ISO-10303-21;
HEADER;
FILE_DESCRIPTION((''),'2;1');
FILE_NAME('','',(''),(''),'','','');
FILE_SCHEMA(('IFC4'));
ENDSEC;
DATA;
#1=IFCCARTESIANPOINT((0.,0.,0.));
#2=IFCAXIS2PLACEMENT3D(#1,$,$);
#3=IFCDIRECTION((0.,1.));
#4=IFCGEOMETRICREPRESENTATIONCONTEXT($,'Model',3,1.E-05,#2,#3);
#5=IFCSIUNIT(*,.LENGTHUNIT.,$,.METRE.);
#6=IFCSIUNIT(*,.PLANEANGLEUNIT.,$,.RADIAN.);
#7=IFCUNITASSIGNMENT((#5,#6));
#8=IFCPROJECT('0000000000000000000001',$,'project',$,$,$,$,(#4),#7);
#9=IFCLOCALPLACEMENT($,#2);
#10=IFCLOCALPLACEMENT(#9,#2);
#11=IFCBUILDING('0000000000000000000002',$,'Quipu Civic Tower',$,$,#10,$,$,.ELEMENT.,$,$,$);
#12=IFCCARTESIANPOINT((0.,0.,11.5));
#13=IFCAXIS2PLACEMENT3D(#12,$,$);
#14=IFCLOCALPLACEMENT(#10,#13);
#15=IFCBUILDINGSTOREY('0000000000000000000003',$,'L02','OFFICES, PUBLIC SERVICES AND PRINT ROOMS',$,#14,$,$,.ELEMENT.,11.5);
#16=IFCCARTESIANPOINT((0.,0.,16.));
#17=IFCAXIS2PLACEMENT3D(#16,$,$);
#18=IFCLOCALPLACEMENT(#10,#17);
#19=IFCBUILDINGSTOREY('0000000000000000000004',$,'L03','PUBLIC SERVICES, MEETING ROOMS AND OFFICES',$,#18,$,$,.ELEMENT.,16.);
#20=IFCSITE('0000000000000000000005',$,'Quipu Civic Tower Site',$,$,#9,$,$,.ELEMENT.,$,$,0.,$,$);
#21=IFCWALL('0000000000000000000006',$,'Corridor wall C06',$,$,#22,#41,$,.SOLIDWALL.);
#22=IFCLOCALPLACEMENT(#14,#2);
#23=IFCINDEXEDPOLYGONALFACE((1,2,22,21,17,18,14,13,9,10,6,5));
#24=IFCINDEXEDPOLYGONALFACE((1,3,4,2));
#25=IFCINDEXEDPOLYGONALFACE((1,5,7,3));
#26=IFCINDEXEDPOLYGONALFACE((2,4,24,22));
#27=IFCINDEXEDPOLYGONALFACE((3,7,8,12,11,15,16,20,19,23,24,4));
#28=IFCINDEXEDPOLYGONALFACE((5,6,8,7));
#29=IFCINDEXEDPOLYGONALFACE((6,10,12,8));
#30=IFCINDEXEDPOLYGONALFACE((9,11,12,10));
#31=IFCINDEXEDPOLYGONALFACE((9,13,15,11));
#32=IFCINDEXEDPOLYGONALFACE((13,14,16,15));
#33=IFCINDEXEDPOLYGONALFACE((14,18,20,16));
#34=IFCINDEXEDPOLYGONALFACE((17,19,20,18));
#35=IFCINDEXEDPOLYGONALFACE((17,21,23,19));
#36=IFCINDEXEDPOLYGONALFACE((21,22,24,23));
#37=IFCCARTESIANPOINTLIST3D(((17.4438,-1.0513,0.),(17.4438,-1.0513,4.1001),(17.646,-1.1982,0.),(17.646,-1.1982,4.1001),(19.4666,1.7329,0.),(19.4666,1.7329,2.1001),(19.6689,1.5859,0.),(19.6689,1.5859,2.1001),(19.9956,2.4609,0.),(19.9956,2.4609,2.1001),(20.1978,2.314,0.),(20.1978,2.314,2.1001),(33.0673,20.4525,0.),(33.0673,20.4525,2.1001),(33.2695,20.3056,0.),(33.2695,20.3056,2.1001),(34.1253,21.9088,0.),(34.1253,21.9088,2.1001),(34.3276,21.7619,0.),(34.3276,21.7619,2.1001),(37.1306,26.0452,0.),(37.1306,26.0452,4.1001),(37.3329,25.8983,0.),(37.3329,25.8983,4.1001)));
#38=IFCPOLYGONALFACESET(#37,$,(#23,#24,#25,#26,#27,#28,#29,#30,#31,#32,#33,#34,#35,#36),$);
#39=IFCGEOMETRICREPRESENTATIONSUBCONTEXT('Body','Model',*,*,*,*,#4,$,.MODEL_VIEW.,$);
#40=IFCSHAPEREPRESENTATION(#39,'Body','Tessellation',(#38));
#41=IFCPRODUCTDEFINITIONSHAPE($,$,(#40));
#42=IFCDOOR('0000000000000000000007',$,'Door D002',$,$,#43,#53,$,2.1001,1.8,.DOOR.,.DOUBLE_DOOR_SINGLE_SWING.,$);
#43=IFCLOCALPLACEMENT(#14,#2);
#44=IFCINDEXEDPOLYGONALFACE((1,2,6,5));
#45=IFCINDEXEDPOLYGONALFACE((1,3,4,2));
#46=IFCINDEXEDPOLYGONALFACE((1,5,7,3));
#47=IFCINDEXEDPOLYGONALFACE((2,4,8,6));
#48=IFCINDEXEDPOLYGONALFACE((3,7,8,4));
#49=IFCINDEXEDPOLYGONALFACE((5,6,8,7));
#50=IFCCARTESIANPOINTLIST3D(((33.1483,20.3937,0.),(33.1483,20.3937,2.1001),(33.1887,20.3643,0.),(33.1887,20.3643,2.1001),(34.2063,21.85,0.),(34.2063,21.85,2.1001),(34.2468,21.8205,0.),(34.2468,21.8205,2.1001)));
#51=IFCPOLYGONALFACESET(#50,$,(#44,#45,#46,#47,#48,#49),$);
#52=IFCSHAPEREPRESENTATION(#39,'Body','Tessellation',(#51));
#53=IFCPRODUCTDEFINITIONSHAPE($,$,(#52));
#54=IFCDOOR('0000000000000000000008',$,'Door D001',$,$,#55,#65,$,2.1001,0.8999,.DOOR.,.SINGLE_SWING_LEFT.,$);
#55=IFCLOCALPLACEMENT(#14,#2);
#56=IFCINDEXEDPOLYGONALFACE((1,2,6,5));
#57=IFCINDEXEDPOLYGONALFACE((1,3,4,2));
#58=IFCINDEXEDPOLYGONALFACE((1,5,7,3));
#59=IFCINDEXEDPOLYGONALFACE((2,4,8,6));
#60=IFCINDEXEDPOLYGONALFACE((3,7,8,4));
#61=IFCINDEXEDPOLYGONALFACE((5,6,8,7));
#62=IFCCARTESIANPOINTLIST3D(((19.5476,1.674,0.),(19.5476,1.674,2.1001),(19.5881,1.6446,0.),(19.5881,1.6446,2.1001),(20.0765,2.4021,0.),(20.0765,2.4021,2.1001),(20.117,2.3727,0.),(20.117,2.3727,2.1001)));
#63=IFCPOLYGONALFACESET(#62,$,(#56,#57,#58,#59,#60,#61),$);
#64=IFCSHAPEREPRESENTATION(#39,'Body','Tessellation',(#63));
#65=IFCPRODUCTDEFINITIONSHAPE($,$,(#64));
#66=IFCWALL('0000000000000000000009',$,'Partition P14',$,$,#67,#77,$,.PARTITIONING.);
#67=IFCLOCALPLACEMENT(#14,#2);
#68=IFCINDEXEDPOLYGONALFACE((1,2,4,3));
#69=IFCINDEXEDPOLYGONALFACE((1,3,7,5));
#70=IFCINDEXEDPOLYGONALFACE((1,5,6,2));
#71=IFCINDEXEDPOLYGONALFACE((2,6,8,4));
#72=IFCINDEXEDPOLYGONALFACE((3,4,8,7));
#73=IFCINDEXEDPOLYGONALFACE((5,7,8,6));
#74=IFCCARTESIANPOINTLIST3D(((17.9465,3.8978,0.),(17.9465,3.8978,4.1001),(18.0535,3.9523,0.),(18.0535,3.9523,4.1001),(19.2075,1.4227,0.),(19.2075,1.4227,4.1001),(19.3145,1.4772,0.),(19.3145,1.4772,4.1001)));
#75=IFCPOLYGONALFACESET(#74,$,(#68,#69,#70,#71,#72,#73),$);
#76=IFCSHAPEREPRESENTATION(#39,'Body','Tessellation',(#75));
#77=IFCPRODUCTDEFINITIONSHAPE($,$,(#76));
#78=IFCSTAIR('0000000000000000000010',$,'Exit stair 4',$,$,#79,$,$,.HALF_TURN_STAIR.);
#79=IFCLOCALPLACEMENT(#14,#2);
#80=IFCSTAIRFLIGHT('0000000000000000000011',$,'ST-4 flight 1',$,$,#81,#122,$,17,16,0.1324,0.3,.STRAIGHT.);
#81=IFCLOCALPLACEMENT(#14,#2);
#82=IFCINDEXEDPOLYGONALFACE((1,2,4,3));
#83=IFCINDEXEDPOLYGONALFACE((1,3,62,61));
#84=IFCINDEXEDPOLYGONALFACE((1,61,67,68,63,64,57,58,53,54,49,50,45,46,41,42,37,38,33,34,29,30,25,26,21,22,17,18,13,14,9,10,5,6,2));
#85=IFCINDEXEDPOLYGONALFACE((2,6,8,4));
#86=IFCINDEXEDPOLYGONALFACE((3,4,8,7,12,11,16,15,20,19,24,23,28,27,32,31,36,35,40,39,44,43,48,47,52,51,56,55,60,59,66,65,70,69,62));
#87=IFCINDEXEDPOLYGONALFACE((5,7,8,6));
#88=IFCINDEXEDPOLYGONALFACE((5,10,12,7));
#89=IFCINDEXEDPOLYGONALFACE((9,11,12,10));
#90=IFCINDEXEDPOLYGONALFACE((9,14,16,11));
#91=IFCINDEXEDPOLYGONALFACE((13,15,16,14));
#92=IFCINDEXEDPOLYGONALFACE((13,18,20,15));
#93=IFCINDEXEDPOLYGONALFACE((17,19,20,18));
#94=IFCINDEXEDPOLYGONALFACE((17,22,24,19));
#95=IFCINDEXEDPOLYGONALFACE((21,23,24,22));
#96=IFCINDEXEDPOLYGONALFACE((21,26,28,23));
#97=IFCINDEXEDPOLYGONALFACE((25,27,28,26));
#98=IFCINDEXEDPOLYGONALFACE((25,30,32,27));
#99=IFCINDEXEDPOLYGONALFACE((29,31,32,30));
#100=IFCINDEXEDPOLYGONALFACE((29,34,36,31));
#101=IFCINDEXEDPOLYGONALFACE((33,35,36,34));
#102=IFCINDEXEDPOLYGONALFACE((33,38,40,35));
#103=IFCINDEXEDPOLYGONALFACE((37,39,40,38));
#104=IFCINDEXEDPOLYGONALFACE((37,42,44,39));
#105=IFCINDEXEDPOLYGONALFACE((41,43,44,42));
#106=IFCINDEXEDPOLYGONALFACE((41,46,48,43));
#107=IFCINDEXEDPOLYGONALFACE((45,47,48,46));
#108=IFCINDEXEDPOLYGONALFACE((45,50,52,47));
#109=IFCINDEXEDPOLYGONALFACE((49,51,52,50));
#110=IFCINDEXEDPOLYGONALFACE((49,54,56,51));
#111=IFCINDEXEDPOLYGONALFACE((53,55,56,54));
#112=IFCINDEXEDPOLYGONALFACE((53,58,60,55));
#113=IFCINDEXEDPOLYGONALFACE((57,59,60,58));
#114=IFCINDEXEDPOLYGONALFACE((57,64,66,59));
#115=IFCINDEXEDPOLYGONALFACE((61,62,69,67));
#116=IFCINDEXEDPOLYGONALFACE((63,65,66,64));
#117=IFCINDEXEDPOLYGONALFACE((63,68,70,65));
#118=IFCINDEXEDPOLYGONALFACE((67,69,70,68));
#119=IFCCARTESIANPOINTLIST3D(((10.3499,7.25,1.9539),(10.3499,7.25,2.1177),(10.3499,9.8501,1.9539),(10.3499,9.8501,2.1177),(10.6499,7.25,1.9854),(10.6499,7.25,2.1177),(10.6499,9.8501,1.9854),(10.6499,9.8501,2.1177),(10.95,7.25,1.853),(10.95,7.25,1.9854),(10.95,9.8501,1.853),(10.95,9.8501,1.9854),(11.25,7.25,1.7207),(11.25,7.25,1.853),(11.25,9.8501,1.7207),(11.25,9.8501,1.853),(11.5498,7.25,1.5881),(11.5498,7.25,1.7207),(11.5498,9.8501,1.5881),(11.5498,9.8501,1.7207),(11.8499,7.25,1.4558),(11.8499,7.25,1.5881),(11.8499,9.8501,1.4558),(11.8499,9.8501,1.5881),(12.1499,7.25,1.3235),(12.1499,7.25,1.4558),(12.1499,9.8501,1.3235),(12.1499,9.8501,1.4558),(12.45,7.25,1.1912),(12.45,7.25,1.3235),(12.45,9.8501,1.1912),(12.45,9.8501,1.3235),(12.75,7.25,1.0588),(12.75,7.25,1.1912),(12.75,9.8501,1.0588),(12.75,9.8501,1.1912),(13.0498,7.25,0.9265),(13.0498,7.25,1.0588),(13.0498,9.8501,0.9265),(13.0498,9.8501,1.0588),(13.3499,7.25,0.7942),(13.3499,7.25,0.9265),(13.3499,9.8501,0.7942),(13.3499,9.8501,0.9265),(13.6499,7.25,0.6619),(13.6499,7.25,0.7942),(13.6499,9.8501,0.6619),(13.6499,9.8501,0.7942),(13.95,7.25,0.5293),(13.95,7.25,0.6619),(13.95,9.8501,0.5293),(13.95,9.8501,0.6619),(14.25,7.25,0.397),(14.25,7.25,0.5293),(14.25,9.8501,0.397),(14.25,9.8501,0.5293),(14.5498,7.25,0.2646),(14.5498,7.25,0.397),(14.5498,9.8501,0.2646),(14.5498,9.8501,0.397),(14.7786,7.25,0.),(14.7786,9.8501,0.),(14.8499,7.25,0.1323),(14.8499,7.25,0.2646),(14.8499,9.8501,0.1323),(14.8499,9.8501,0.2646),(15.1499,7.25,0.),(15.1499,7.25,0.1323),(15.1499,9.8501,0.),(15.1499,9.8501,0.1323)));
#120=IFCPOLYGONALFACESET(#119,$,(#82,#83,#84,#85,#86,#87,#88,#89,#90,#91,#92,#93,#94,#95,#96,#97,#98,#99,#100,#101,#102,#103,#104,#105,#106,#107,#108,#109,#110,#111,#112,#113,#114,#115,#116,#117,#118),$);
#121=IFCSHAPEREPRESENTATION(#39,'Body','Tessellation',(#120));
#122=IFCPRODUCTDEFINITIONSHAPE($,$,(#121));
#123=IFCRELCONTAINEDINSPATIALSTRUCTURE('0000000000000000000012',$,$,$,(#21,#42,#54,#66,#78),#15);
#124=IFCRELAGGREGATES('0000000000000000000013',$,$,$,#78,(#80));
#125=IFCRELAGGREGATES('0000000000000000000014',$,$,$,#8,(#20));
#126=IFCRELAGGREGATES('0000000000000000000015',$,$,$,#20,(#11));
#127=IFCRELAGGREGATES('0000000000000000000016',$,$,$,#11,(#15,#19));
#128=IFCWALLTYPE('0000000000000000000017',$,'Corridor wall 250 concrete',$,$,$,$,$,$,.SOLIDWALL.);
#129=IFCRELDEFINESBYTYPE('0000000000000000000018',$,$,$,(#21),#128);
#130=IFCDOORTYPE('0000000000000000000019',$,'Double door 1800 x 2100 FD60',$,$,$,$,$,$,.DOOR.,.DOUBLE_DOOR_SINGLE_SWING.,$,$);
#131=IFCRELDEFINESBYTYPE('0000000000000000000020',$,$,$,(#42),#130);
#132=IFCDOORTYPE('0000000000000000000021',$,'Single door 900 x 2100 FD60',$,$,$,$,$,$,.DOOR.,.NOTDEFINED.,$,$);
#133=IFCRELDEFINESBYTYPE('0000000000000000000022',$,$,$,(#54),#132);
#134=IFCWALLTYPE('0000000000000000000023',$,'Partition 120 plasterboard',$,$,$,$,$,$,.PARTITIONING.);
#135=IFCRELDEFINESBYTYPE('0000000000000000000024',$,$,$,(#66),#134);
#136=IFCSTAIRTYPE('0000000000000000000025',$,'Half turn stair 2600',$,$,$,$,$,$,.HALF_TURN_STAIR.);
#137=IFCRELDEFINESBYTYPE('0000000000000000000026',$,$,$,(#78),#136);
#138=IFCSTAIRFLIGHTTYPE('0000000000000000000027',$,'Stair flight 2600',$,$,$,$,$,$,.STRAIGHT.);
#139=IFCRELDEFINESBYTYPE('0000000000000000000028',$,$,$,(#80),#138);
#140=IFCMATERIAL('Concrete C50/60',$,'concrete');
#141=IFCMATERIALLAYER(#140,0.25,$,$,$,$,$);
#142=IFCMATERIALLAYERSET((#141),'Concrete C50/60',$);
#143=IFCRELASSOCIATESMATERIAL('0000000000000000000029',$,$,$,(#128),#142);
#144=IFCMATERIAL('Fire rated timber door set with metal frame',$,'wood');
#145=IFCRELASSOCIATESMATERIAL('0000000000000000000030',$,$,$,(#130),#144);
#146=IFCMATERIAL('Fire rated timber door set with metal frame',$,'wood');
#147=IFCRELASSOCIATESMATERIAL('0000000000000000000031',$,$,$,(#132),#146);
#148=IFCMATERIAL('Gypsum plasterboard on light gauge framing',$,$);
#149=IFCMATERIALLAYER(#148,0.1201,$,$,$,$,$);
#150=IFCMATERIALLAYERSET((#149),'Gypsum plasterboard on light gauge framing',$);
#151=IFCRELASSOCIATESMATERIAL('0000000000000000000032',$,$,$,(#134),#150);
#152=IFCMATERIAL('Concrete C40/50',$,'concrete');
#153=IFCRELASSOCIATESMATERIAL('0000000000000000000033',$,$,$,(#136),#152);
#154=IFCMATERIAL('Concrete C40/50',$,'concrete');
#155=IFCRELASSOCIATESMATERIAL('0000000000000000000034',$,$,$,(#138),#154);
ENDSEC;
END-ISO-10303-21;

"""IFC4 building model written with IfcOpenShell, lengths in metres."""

from ifc_helpers import new_model, si_unit, direction, frame, frame_2d, origin, place, context, subcontext, project, spatial, polyline, rectangle, outline, extrude, material, layer, layer_set, type_object, element, fill, aggregate, save


model = new_model("IFC4")

# Units and contexts
model_context = context("Model", 3, precision=1e-05, world=origin(), true_north=direction((0.0, 1.0)))
body_context = subcontext(model_context, "Body", "Model", "MODEL_VIEW")
ifc_project = project(units=[si_unit("LENGTHUNIT", "METRE"), si_unit("PLANEANGLEUNIT", "RADIAN")], contexts=[model_context])

# Site, building, storey
site_placement = place(None, origin())
site = spatial("IfcSite", under=ifc_project, at=site_placement, Name="Quipu Civic Tower Site", CompositionType="ELEMENT", RefElevation=0.0)
building_placement = place(site_placement, origin())
building = spatial("IfcBuilding", under=site, at=building_placement, Name="Quipu Civic Tower", CompositionType="ELEMENT")
storey_1_placement = place(building_placement, frame((0.0, 0.0, 11.5)))
storey_1 = spatial("IfcBuildingStorey", under=building, at=storey_1_placement, Name="L02", Description="OFFICES, PUBLIC SERVICES AND PRINT ROOMS", CompositionType="ELEMENT", Elevation=11.5)

# Shared definitions
storey_2_placement = place(building_placement, frame((0.0, 0.0, 16.0)))
storey_2 = spatial("IfcBuildingStorey", under=building, at=storey_2_placement, Name="L03", Description="PUBLIC SERVICES, MEETING ROOMS AND OFFICES", CompositionType="ELEMENT", Elevation=16.0)

# Wall, openings, doors
ifc_material_1 = material(Name="Concrete C50/60", Category="concrete")
ifc_layer_1 = layer(ifc_material_1, 0.25)
ifc_layer_set_1 = layer_set([ifc_layer_1], Name="Concrete C50/60")
wall_type_1 = type_object("IfcWallType", Name="Corridor wall 250 concrete", PredefinedType="SOLIDWALL", material=ifc_layer_set_1)
wall_1_placement = place(storey_1_placement, frame((17.5449, -1.1248, 0.0), z_axis=(0.0, 0.0, 1.0), x_axis=(0.587786, 0.809016, 0.0)))
wall_1 = element("IfcWall", 1, at=wall_1_placement, inside=storey_1, type_object=wall_type_1, Name="Corridor wall C06", PredefinedType="SOLIDWALL", context=body_context, shape_type="SweptSolid", body=[
    extrude(rectangle(XDim=33.4932, YDim=0.25, at=frame_2d((16.7466, 0.0))), origin(), (0.0, 0.0, 1.0), 4.1001),
])
opening_1_placement = place(wall_1_placement, frame((3.4414, 0.0, 0.0)))
opening_1 = element("IfcOpeningElement", 2, at=opening_1_placement, cuts=wall_1, PredefinedType="OPENING", context=body_context, shape_type="SweptSolid", body=[
    extrude(rectangle(XDim=0.8999, YDim=2.1001, at=frame_2d((0.45, 1.05))), frame((0.0, 0.135, 0.0), z_axis=(0.0, -1.0, 0.0), x_axis=(1.0, 0.0, 0.0)), (0.0, 0.0, 1.0), 0.27),
])
opening_2_placement = place(wall_1_placement, frame((26.5803, 0.0, 0.0)))
opening_2 = element("IfcOpeningElement", 3, at=opening_2_placement, cuts=wall_1, PredefinedType="OPENING", context=body_context, shape_type="SweptSolid", body=[
    extrude(rectangle(XDim=1.8, YDim=2.1001, at=frame_2d((0.8999, 1.05))), frame((0.0, 0.135, 0.0), z_axis=(0.0, -1.0, 0.0), x_axis=(1.0, 0.0, 0.0)), (0.0, 0.0, 1.0), 0.27),
])
ifc_material_2 = material(Name="Fire rated timber door set with metal frame", Category="wood")
door_type_1 = type_object("IfcDoorType", Name="Double door 1800 x 2100 FD60", OperationType="DOUBLE_DOOR_SINGLE_SWING", PredefinedType="DOOR", material=ifc_material_2)
door_1_placement = place(opening_2_placement, origin())
door_1 = element("IfcDoor", 4, at=door_1_placement, inside=storey_1, type_object=door_type_1, Name="Door D002", OperationType="DOUBLE_DOOR_SINGLE_SWING", OverallHeight=2.1001, OverallWidth=1.8, PredefinedType="DOOR", context=body_context, shape_type="SweptSolid", body=[
    extrude(rectangle(XDim=1.8, YDim=2.1001, at=frame_2d((0.8999, 1.05))), frame((0.0, 0.0249, 0.0), z_axis=(0.0, -1.0, 0.0), x_axis=(1.0, 0.0, 0.0)), (0.0, 0.0, 1.0), 0.05),
])
fill(opening_2, door_1)
ifc_material_3 = material(Name="Fire rated timber door set with metal frame", Category="wood")
door_type_2 = type_object("IfcDoorType", Name="Single door 900 x 2100 FD60", OperationType="NOTDEFINED", PredefinedType="DOOR", material=ifc_material_3)
door_2_placement = place(opening_1_placement, origin())
door_2 = element("IfcDoor", 5, at=door_2_placement, inside=storey_1, type_object=door_type_2, Name="Door D001", OperationType="SINGLE_SWING_LEFT", OverallHeight=2.1001, OverallWidth=0.8999, PredefinedType="DOOR", context=body_context, shape_type="SweptSolid", body=[
    extrude(rectangle(XDim=0.8999, YDim=2.1001, at=frame_2d((0.45, 1.05))), frame((0.0, 0.0249, 0.0), z_axis=(0.0, -1.0, 0.0), x_axis=(1.0, 0.0, 0.0)), (0.0, 0.0, 1.0), 0.05),
])
fill(opening_1, door_2)

# Wall
ifc_material_4 = material(Name="Gypsum plasterboard on light gauge framing")
ifc_layer_2 = layer(ifc_material_4, 0.1201)
ifc_layer_set_2 = layer_set([ifc_layer_2], Name="Gypsum plasterboard on light gauge framing")
wall_type_2 = type_object("IfcWallType", Name="Partition 120 plasterboard", PredefinedType="PARTITIONING", material=ifc_layer_set_2)
wall_2_placement = place(storey_1_placement, frame((18.0, 3.925, 0.0), z_axis=(0.0, 0.0, 1.0), x_axis=(0.453951, -0.891027, 0.0)))
element("IfcWall", 6, at=wall_2_placement, inside=storey_1, type_object=wall_type_2, Name="Partition P14", PredefinedType="PARTITIONING", context=body_context, shape_type="SweptSolid", body=[
    extrude(rectangle(XDim=2.7778, YDim=0.1201, at=frame_2d((1.3889, 0.0))), origin(), (0.0, 0.0, 1.0), 4.1001),
])

# Stair, stair flight
ifc_material_5 = material(Name="Concrete C40/50", Category="concrete")
stair_type = type_object("IfcStairType", Name="Half turn stair 2600", PredefinedType="HALF_TURN_STAIR", material=ifc_material_5)
stair_placement = place(storey_1_placement, origin())
stair = element("IfcStair", 7, at=stair_placement, inside=storey_1, type_object=stair_type, Name="Exit stair 4", PredefinedType="HALF_TURN_STAIR")
ifc_material_6 = material(Name="Concrete C40/50", Category="concrete")
stair_flight_type = type_object("IfcStairFlightType", Name="Stair flight 2600", PredefinedType="STRAIGHT", material=ifc_material_6)
stair_flight_placement = place(storey_1_placement, frame((15.1499, 8.55, 0.0), z_axis=(0.0, 0.0, 1.0), x_axis=(-1.0, 0.0, 0.0)))
stair_flight = element("IfcStairFlight", 8, at=stair_flight_placement, type_object=stair_flight_type, Name="ST-4 flight 1", NumberOfRisers=17, NumberOfTreads=16, PredefinedType="STRAIGHT", RiserHeight=0.1324, TreadLength=0.3, context=body_context, shape_type="SweptSolid", body=[
    extrude(outline(polyline([(0.0, 0.0), (0.0, 0.1323), (0.3, 0.1323), (0.3, 0.2646), (0.6001, 0.2646), (0.6001, 0.397), (0.8999, 0.397), (0.8999, 0.5293), (1.2, 0.5293), (1.2, 0.6619), (1.5, 0.6619), (1.5, 0.7942), (1.8, 0.7942), (1.8, 0.9265), (2.1001, 0.9265), (2.1001, 1.0588), (2.3999, 1.0588), (2.3999, 1.1912), (2.7, 1.1912), (2.7, 1.3235), (3.0, 1.3235), (3.0, 1.4558), (3.3, 1.4558), (3.3, 1.5881), (3.6001, 1.5881), (3.6001, 1.7207), (3.8999, 1.7207), (3.8999, 1.853), (4.2, 1.853), (4.2, 1.9854), (4.5, 1.9854), (4.5, 2.1177), (4.8, 2.1177), (4.8, 2.25), (4.8, 1.9539), (0.3713, 0.0), (0.0, 0.0)])), frame((0.0, 1.3, 0.0), z_axis=(0.0, -1.0, 0.0), x_axis=(1.0, 0.0, 0.0)), (0.0, 0.0, 1.0), 2.6001),
])
aggregate(stair, [stair_flight])

save(model, "model.ifc")
